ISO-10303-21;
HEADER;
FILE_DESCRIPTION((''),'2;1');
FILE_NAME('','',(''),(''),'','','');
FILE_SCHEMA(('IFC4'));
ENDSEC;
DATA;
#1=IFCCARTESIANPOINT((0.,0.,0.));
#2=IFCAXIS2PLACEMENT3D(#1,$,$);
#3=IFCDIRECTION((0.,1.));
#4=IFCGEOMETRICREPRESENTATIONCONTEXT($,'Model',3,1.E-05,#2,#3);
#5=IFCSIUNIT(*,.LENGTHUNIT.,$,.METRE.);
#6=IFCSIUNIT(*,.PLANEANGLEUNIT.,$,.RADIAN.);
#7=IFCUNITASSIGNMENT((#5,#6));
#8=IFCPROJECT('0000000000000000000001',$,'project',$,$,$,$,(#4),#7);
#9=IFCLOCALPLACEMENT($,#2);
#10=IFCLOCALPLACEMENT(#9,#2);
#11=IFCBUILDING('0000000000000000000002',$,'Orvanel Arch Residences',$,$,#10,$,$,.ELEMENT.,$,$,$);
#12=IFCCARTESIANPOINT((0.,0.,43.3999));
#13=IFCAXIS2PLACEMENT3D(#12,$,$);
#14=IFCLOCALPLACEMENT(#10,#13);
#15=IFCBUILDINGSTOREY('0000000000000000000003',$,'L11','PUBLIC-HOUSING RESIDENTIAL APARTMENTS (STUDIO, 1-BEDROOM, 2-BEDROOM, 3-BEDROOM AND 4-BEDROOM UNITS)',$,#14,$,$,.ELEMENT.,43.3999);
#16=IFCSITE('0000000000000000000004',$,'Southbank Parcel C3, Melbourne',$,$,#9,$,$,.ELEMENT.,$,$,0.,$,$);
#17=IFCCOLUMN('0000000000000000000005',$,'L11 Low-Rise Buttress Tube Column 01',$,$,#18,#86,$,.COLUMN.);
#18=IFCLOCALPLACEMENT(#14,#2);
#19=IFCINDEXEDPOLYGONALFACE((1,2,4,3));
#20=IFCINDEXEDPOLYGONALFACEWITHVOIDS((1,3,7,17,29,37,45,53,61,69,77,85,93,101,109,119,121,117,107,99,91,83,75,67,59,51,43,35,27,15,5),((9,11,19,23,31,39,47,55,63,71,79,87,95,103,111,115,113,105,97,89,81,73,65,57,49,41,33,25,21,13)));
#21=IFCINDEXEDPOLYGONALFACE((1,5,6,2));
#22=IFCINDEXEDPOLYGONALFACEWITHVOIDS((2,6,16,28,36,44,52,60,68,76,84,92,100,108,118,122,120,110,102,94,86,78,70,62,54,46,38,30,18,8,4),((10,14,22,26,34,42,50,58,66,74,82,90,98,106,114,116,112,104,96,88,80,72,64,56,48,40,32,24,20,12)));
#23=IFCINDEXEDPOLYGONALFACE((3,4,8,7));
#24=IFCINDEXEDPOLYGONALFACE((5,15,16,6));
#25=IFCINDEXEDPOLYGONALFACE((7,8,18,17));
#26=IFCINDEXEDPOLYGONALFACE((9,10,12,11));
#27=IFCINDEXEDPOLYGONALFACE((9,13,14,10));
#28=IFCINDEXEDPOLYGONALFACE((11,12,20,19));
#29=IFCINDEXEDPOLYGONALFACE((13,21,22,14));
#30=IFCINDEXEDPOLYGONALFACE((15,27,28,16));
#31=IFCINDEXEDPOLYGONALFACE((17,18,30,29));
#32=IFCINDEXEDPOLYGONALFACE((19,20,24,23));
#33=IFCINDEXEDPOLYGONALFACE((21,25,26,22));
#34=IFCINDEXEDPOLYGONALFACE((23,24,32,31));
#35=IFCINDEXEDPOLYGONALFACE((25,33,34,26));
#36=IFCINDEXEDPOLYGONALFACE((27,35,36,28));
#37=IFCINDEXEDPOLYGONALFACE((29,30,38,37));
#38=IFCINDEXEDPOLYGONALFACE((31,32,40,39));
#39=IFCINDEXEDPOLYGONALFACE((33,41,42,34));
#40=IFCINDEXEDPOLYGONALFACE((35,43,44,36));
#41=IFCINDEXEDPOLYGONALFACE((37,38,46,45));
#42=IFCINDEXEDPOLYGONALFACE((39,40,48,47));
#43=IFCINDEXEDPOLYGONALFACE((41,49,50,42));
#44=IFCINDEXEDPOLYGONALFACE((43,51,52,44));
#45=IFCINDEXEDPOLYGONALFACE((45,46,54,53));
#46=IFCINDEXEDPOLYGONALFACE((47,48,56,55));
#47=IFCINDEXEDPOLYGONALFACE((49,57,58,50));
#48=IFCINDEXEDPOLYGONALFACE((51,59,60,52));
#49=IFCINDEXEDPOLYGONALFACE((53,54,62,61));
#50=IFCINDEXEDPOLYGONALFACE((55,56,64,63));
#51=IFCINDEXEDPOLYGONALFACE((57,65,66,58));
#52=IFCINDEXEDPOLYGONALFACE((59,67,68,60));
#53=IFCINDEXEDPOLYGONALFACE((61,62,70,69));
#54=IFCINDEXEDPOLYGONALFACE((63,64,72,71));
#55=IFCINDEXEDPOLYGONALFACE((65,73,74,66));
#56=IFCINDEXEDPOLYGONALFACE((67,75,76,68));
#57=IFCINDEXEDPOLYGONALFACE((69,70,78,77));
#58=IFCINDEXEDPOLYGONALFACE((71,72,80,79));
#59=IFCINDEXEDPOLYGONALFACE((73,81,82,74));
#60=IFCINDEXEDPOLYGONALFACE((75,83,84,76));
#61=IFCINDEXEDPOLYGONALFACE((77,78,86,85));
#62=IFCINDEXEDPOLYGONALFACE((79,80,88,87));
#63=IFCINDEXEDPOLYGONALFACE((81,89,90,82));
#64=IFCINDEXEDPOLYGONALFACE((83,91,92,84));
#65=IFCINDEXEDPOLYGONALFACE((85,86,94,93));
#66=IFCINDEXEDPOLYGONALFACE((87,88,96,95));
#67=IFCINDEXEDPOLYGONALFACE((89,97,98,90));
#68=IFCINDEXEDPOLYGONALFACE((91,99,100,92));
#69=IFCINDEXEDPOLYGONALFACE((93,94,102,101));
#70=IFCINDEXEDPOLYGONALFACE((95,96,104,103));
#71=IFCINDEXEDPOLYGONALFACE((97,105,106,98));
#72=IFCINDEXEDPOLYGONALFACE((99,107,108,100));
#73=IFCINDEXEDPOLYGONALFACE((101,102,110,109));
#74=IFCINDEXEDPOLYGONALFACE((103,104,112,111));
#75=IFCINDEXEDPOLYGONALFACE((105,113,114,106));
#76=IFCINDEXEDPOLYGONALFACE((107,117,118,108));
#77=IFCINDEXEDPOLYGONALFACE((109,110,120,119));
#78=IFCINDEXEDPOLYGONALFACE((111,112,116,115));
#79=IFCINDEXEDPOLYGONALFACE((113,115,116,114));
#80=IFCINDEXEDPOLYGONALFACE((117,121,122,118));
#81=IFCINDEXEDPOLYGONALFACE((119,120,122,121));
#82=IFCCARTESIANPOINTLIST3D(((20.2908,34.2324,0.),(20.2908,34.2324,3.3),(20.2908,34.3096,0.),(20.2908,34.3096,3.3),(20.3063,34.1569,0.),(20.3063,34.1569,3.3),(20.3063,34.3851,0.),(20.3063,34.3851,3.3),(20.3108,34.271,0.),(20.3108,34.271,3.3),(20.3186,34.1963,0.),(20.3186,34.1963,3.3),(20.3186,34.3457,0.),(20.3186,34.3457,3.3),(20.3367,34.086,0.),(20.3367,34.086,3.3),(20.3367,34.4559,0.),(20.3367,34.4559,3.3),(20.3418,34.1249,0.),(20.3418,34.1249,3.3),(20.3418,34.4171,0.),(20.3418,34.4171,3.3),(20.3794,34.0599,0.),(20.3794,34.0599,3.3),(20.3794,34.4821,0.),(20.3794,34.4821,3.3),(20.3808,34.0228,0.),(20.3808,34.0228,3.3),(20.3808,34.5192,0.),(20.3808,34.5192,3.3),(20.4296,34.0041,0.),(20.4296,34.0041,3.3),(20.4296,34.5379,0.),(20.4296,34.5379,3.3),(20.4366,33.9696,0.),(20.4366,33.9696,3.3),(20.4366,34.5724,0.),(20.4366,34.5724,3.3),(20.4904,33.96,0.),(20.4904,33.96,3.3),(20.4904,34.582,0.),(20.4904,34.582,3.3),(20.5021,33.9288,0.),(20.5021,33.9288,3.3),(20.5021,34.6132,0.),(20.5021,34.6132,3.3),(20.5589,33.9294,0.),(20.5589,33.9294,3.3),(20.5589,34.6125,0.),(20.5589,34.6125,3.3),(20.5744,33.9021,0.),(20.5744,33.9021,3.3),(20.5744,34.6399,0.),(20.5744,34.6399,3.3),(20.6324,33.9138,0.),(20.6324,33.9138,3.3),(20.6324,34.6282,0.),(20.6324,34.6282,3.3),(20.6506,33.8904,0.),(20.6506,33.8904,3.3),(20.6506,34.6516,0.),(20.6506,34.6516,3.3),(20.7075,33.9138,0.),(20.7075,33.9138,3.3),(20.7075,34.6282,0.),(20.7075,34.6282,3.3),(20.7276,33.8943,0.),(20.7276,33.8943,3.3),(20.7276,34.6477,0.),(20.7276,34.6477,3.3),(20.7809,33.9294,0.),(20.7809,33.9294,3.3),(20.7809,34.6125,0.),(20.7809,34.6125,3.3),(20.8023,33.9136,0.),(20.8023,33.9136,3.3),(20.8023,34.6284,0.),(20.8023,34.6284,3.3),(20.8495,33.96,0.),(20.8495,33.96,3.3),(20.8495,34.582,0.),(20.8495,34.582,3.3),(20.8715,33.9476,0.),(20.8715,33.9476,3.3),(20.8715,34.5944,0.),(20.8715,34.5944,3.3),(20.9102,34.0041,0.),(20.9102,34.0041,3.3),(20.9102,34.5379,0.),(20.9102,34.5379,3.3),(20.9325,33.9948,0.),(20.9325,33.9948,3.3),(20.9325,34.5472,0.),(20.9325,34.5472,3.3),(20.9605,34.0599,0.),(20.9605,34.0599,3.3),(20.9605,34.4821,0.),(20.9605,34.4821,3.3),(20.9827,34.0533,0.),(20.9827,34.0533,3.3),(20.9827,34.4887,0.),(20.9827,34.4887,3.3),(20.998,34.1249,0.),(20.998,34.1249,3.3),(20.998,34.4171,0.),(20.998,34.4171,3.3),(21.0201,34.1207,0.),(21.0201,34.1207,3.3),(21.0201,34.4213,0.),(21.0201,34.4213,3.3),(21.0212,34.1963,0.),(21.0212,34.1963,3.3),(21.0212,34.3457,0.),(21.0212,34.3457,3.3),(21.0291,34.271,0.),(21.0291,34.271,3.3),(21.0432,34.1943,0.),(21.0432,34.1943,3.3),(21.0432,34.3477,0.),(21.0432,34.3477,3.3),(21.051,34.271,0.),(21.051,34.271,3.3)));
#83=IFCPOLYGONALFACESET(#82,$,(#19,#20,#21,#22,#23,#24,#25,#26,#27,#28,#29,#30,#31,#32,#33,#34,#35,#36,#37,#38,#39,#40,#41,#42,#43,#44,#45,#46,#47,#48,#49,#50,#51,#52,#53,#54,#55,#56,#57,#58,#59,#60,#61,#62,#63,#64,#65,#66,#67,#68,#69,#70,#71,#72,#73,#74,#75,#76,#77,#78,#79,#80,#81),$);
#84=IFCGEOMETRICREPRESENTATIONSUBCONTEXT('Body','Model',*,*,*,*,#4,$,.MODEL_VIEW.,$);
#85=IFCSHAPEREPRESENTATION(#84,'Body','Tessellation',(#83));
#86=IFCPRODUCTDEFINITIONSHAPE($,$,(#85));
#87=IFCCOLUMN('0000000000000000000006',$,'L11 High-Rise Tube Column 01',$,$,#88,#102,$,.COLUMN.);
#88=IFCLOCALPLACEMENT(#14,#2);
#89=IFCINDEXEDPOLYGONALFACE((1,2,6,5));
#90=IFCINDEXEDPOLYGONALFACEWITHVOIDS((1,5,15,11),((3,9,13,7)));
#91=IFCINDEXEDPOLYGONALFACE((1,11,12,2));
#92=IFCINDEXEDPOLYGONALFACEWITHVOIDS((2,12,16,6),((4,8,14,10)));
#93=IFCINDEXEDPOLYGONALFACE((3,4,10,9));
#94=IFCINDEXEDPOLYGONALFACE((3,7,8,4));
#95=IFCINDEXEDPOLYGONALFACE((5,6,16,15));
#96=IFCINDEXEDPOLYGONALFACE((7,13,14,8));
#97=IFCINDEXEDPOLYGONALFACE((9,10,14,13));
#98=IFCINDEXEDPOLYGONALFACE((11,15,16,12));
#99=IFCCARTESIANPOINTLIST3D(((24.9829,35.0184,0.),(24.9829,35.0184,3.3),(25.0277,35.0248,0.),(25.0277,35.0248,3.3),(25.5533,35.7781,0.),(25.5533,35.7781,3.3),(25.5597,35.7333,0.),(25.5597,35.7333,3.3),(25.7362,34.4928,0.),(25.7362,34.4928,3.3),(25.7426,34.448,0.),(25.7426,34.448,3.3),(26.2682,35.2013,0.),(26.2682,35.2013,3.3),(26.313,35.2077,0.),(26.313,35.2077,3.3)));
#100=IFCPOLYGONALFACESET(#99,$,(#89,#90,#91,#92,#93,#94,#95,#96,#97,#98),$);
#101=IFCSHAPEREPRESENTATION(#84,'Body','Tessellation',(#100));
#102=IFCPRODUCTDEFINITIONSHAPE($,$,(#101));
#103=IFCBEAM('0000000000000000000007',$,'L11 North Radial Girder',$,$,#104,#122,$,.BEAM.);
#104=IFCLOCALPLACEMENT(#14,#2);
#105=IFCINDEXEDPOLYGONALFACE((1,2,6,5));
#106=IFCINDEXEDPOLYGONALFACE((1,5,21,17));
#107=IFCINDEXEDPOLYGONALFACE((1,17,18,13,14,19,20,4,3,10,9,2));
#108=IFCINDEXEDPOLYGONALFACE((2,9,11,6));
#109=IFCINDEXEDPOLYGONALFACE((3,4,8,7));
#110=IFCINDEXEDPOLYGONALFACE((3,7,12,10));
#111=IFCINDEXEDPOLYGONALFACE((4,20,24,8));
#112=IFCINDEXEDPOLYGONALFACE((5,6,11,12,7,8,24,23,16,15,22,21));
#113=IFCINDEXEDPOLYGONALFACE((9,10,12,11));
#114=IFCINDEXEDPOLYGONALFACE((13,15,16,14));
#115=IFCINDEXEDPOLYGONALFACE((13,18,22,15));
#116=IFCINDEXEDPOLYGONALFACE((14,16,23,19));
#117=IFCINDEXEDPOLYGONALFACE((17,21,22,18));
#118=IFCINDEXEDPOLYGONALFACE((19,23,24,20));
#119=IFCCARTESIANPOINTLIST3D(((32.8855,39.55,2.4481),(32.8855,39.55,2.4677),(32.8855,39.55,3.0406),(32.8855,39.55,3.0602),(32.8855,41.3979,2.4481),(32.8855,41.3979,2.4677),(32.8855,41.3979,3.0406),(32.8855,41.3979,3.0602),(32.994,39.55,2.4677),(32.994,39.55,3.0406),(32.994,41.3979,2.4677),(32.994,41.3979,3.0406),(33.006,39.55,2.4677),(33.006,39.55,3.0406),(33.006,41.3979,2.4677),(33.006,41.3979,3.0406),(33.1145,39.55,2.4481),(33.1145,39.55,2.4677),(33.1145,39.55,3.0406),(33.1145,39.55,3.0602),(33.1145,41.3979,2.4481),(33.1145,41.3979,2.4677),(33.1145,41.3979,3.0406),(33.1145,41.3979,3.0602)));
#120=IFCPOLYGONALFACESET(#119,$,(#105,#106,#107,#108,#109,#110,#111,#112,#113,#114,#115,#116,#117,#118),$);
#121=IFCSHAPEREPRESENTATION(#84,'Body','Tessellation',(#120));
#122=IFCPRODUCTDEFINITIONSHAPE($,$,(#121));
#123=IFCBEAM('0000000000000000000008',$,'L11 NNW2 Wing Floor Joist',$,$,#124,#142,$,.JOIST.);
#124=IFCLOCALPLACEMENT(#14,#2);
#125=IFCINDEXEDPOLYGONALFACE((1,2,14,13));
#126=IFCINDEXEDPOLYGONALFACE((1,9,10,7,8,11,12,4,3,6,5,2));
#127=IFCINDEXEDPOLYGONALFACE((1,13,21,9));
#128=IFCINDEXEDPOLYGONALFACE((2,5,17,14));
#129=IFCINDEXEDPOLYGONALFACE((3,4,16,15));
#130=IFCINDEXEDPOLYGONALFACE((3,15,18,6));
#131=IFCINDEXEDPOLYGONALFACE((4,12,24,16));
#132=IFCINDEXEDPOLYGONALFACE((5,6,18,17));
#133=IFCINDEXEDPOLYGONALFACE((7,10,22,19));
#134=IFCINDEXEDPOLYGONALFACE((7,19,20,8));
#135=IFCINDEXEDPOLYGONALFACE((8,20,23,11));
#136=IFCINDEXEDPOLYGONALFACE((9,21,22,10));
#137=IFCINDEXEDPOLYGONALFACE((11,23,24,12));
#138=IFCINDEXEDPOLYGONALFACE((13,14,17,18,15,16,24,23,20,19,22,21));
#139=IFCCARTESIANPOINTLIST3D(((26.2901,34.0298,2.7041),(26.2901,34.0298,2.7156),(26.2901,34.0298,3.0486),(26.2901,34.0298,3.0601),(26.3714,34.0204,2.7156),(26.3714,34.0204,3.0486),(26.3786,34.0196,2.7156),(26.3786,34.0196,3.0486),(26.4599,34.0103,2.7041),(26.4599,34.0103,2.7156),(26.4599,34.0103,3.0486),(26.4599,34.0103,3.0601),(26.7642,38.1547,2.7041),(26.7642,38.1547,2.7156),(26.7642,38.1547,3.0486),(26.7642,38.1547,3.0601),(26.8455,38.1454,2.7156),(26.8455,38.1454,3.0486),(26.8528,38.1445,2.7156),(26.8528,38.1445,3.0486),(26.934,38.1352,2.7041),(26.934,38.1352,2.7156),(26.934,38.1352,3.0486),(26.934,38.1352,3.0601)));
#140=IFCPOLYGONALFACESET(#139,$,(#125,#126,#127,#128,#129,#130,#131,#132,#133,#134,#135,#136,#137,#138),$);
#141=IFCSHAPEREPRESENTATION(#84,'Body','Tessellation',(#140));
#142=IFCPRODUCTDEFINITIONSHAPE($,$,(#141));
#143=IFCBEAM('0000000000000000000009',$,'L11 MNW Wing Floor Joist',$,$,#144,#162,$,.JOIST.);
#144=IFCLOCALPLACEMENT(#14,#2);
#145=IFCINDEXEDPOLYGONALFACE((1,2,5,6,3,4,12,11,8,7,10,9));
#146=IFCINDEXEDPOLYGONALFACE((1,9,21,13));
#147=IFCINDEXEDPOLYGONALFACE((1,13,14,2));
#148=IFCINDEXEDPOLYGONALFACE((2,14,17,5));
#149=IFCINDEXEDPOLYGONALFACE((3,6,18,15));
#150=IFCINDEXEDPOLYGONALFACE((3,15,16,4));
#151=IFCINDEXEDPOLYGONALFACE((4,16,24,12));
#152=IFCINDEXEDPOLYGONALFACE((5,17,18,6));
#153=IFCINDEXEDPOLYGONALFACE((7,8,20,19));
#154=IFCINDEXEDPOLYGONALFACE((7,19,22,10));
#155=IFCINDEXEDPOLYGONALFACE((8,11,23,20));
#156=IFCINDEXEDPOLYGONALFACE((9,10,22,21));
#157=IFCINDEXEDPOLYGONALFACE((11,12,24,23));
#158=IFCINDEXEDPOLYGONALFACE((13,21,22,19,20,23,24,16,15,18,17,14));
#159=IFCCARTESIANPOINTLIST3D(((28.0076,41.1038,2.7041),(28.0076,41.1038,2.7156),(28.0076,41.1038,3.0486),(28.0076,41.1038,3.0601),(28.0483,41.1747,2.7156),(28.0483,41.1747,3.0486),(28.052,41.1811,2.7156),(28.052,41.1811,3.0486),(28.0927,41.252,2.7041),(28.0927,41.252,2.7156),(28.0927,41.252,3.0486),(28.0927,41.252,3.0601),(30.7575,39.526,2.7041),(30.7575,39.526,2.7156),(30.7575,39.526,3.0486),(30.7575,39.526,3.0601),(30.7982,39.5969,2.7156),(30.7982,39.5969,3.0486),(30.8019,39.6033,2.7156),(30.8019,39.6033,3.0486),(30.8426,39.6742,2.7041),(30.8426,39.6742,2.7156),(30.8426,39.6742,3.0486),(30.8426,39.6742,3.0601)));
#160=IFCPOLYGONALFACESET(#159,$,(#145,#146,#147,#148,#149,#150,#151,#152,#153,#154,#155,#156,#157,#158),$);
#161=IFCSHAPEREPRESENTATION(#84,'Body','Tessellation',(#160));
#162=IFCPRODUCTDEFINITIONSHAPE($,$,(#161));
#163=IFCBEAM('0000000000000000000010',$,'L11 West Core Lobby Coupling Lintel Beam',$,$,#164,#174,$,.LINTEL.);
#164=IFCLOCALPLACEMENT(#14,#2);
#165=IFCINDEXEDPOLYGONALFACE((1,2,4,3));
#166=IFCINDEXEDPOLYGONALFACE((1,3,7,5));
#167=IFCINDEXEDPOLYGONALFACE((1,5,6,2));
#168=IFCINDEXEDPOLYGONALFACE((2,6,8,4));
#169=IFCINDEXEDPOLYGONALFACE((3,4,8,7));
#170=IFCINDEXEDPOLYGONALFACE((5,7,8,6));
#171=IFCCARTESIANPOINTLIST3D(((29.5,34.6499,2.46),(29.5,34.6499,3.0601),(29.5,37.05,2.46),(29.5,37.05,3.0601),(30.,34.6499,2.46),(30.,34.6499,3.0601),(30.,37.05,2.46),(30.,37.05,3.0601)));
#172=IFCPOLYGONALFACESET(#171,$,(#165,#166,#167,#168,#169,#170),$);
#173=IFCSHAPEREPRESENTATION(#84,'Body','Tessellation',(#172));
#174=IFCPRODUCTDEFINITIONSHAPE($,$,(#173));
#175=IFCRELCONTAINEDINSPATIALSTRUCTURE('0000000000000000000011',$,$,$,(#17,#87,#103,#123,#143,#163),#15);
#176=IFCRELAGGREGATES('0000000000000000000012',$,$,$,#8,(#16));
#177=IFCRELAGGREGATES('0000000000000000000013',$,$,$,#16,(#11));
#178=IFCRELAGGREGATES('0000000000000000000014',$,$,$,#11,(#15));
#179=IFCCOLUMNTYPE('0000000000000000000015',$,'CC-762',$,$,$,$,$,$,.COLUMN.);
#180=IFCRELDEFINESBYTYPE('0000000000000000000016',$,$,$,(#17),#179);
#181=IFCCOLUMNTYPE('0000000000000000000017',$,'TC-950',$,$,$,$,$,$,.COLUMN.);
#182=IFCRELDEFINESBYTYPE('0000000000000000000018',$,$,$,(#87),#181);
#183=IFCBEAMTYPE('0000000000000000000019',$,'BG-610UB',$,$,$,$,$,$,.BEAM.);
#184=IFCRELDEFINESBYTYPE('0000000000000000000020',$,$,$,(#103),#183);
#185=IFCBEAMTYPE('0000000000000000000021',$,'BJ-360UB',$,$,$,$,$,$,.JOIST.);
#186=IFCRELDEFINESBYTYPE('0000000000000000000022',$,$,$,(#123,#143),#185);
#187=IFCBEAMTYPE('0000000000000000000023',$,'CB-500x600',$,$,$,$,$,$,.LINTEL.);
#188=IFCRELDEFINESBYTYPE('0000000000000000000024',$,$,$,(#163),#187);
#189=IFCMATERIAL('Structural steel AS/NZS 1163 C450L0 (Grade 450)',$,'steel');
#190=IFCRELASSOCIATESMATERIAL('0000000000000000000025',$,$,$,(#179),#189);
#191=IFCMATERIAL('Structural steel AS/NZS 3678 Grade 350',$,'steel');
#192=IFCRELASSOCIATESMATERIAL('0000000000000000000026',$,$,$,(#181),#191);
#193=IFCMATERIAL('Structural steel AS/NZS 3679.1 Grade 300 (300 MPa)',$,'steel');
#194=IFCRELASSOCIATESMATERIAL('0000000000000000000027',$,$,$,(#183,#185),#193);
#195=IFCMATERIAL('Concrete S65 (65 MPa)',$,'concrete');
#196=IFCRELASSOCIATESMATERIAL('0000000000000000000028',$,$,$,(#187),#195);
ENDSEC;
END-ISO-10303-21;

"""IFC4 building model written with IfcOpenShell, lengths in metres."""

from ifc_helpers import new_model, si_unit, direction, frame, origin, origin_2d, place, context, subcontext, project, spatial, rectangle, hollow_rectangle, hollow_circle, i_section, extrude, material, material_profile, profile_set, type_object, element, save


model = new_model("IFC4")

# Units and contexts
model_context = context("Model", 3, precision=1e-05, world=origin(), true_north=direction((0.0, 1.0)))
body_context = subcontext(model_context, "Body", "Model", "MODEL_VIEW")
ifc_project = project(units=[si_unit("LENGTHUNIT", "METRE"), si_unit("PLANEANGLEUNIT", "RADIAN")], contexts=[model_context])

# Site, building, storey
site_placement = place(None, origin())
site = spatial("IfcSite", under=ifc_project, at=site_placement, Name="Southbank Parcel C3, Melbourne", CompositionType="ELEMENT", RefElevation=0.0)
building_placement = place(site_placement, origin())
building = spatial("IfcBuilding", under=site, at=building_placement, Name="Orvanel Arch Residences", CompositionType="ELEMENT")
storey_placement = place(building_placement, frame((0.0, 0.0, 43.3999)))
storey = spatial("IfcBuildingStorey", under=building, at=storey_placement, Name="L11", Description="PUBLIC-HOUSING RESIDENTIAL APARTMENTS (STUDIO, 1-BEDROOM, 2-BEDROOM, 3-BEDROOM AND 4-BEDROOM UNITS)", CompositionType="ELEMENT", Elevation=43.3999)

# Columns
ifc_material_1 = material(Name="Structural steel AS/NZS 1163 C450L0 (Grade 450)", Category="steel")
ifc_material_profile_1 = material_profile(ifc_material_1, hollow_circle(Radius=0.3811, WallThickness=0.022, at=origin_2d()), Name="CHS762x22")
ifc_profile_set_1 = profile_set([ifc_material_profile_1], Name="Structural steel AS/NZS 1163 C450L0 (Grade 450)")
column_type_1 = type_object("IfcColumnType", Name="CC-762", PredefinedType="COLUMN", material=ifc_profile_set_1)
column_1_placement = place(storey_placement, frame((20.6699, 34.271, 0.0), z_axis=(0.0, 0.0, 1.0), x_axis=(1.0, 0.0, 0.0)))
element("IfcColumn", 1, at=column_1_placement, inside=storey, type_object=column_type_1, Name="L11 Low-Rise Buttress Tube Column 01", PredefinedType="COLUMN", context=body_context, shape_type="SweptSolid", body=[
    extrude(hollow_circle(Radius=0.3811, WallThickness=0.022, at=origin_2d()), origin(), (0.0, 0.0, 1.0), 3.3),
])
ifc_material_2 = material(Name="Structural steel AS/NZS 3678 Grade 350", Category="steel")
ifc_material_profile_2 = material_profile(ifc_material_2, hollow_rectangle(XDim=0.95, YDim=0.95, WallThickness=0.032, at=origin_2d()), Name="BOX950x950x32")
ifc_profile_set_2 = profile_set([ifc_material_profile_2], Name="Structural steel AS/NZS 3678 Grade 350")
column_type_2 = type_object("IfcColumnType", Name="TC-950", PredefinedType="COLUMN", material=ifc_profile_set_2)
column_2_placement = place(storey_placement, frame((25.6479, 35.113, 0.0), z_axis=(0.0, 0.0, 1.0), x_axis=(0.60042, 0.799685, 0.0)))
element("IfcColumn", 2, at=column_2_placement, inside=storey, type_object=column_type_2, Name="L11 High-Rise Tube Column 01", PredefinedType="COLUMN", context=body_context, shape_type="SweptSolid", body=[
    extrude(hollow_rectangle(XDim=0.95, YDim=0.95, WallThickness=0.032, at=origin_2d()), origin(), (0.0, 0.0, 1.0), 3.3),
])

# Beams
ifc_material_3 = material(Name="Structural steel AS/NZS 3679.1 Grade 300 (300 MPa)", Category="steel")
ifc_material_profile_3 = material_profile(ifc_material_3, i_section(OverallWidth=0.229, OverallDepth=0.6121, WebThickness=0.012, FlangeThickness=0.0195, at=origin_2d()), Name="610UB125")
ifc_profile_set_3 = profile_set([ifc_material_profile_3], Name="Structural steel AS/NZS 3679.1 Grade 300 (300 MPa)")
beam_type_1 = type_object("IfcBeamType", Name="BG-610UB", PredefinedType="BEAM", material=ifc_profile_set_3)
beam_1_placement = place(storey_placement, frame((33.0, 39.55, 2.7542), z_axis=(0.0, 1.0, 0.0), x_axis=(-1.0, 0.0, 0.0)))
element("IfcBeam", 3, at=beam_1_placement, inside=storey, type_object=beam_type_1, Name="L11 North Radial Girder", PredefinedType="BEAM", context=body_context, shape_type="SweptSolid", body=[
    extrude(i_section(OverallWidth=0.229, OverallDepth=0.6121, WebThickness=0.012, FlangeThickness=0.0195, at=origin_2d()), origin(), (0.0, 0.0, 1.0), 1.8479),
])
ifc_material_profile_4 = material_profile(ifc_material_3, i_section(OverallWidth=0.1709, OverallDepth=0.356, WebThickness=0.0073, FlangeThickness=0.0115, at=origin_2d()), Name="360UB50.7")
ifc_profile_set_4 = profile_set([ifc_material_profile_4], Name="Structural steel AS/NZS 3679.1 Grade 300 (300 MPa)")
beam_type_2 = type_object("IfcBeamType", Name="BJ-360UB", PredefinedType="JOIST", material=ifc_profile_set_4)
beam_2_placement = place(storey_placement, frame((26.375, 34.02, 2.8821), z_axis=(0.114187, 0.993459, 0.0), x_axis=(-0.993459, 0.114187, 0.0)))
element("IfcBeam", 4, at=beam_2_placement, inside=storey, type_object=beam_type_2, Name="L11 NNW2 Wing Floor Joist", PredefinedType="JOIST", context=body_context, shape_type="SweptSolid", body=[
    extrude(i_section(OverallWidth=0.1709, OverallDepth=0.356, WebThickness=0.0073, FlangeThickness=0.0115, at=origin_2d()), origin(), (0.0, 0.0, 1.0), 4.1521),
])
beam_3_placement = place(storey_placement, frame((30.8, 39.6001, 2.8821), z_axis=(-0.867365, 0.497672, 0.0), x_axis=(-0.497672, -0.867365, 0.0)))
element("IfcBeam", 5, at=beam_3_placement, inside=storey, type_object=beam_type_2, Name="L11 MNW Wing Floor Joist", PredefinedType="JOIST", context=body_context, shape_type="SweptSolid", body=[
    extrude(i_section(OverallWidth=0.1709, OverallDepth=0.356, WebThickness=0.0073, FlangeThickness=0.0115, at=origin_2d()), origin(), (0.0, 0.0, 1.0), 3.1704),
])
ifc_material_4 = material(Name="Concrete S65 (65 MPa)", Category="concrete")
ifc_material_profile_5 = material_profile(ifc_material_4, rectangle(XDim=0.5, YDim=0.6001, at=origin_2d()), Name="RC500x600")
ifc_profile_set_5 = profile_set([ifc_material_profile_5], Name="Concrete S65 (65 MPa)")
beam_type_3 = type_object("IfcBeamType", Name="CB-500x600", PredefinedType="LINTEL", material=ifc_profile_set_5)
beam_4_placement = place(storey_placement, frame((29.75, 34.6499, 2.76), z_axis=(0.0, 1.0, 0.0), x_axis=(-1.0, 0.0, 0.0)))
element("IfcBeam", 6, at=beam_4_placement, inside=storey, type_object=beam_type_3, Name="L11 West Core Lobby Coupling Lintel Beam", PredefinedType="LINTEL", context=body_context, shape_type="SweptSolid", body=[
    extrude(rectangle(XDim=0.5, YDim=0.6001, at=origin_2d()), origin(), (0.0, 0.0, 1.0), 2.4001),
])

save(model, "model.ifc")
